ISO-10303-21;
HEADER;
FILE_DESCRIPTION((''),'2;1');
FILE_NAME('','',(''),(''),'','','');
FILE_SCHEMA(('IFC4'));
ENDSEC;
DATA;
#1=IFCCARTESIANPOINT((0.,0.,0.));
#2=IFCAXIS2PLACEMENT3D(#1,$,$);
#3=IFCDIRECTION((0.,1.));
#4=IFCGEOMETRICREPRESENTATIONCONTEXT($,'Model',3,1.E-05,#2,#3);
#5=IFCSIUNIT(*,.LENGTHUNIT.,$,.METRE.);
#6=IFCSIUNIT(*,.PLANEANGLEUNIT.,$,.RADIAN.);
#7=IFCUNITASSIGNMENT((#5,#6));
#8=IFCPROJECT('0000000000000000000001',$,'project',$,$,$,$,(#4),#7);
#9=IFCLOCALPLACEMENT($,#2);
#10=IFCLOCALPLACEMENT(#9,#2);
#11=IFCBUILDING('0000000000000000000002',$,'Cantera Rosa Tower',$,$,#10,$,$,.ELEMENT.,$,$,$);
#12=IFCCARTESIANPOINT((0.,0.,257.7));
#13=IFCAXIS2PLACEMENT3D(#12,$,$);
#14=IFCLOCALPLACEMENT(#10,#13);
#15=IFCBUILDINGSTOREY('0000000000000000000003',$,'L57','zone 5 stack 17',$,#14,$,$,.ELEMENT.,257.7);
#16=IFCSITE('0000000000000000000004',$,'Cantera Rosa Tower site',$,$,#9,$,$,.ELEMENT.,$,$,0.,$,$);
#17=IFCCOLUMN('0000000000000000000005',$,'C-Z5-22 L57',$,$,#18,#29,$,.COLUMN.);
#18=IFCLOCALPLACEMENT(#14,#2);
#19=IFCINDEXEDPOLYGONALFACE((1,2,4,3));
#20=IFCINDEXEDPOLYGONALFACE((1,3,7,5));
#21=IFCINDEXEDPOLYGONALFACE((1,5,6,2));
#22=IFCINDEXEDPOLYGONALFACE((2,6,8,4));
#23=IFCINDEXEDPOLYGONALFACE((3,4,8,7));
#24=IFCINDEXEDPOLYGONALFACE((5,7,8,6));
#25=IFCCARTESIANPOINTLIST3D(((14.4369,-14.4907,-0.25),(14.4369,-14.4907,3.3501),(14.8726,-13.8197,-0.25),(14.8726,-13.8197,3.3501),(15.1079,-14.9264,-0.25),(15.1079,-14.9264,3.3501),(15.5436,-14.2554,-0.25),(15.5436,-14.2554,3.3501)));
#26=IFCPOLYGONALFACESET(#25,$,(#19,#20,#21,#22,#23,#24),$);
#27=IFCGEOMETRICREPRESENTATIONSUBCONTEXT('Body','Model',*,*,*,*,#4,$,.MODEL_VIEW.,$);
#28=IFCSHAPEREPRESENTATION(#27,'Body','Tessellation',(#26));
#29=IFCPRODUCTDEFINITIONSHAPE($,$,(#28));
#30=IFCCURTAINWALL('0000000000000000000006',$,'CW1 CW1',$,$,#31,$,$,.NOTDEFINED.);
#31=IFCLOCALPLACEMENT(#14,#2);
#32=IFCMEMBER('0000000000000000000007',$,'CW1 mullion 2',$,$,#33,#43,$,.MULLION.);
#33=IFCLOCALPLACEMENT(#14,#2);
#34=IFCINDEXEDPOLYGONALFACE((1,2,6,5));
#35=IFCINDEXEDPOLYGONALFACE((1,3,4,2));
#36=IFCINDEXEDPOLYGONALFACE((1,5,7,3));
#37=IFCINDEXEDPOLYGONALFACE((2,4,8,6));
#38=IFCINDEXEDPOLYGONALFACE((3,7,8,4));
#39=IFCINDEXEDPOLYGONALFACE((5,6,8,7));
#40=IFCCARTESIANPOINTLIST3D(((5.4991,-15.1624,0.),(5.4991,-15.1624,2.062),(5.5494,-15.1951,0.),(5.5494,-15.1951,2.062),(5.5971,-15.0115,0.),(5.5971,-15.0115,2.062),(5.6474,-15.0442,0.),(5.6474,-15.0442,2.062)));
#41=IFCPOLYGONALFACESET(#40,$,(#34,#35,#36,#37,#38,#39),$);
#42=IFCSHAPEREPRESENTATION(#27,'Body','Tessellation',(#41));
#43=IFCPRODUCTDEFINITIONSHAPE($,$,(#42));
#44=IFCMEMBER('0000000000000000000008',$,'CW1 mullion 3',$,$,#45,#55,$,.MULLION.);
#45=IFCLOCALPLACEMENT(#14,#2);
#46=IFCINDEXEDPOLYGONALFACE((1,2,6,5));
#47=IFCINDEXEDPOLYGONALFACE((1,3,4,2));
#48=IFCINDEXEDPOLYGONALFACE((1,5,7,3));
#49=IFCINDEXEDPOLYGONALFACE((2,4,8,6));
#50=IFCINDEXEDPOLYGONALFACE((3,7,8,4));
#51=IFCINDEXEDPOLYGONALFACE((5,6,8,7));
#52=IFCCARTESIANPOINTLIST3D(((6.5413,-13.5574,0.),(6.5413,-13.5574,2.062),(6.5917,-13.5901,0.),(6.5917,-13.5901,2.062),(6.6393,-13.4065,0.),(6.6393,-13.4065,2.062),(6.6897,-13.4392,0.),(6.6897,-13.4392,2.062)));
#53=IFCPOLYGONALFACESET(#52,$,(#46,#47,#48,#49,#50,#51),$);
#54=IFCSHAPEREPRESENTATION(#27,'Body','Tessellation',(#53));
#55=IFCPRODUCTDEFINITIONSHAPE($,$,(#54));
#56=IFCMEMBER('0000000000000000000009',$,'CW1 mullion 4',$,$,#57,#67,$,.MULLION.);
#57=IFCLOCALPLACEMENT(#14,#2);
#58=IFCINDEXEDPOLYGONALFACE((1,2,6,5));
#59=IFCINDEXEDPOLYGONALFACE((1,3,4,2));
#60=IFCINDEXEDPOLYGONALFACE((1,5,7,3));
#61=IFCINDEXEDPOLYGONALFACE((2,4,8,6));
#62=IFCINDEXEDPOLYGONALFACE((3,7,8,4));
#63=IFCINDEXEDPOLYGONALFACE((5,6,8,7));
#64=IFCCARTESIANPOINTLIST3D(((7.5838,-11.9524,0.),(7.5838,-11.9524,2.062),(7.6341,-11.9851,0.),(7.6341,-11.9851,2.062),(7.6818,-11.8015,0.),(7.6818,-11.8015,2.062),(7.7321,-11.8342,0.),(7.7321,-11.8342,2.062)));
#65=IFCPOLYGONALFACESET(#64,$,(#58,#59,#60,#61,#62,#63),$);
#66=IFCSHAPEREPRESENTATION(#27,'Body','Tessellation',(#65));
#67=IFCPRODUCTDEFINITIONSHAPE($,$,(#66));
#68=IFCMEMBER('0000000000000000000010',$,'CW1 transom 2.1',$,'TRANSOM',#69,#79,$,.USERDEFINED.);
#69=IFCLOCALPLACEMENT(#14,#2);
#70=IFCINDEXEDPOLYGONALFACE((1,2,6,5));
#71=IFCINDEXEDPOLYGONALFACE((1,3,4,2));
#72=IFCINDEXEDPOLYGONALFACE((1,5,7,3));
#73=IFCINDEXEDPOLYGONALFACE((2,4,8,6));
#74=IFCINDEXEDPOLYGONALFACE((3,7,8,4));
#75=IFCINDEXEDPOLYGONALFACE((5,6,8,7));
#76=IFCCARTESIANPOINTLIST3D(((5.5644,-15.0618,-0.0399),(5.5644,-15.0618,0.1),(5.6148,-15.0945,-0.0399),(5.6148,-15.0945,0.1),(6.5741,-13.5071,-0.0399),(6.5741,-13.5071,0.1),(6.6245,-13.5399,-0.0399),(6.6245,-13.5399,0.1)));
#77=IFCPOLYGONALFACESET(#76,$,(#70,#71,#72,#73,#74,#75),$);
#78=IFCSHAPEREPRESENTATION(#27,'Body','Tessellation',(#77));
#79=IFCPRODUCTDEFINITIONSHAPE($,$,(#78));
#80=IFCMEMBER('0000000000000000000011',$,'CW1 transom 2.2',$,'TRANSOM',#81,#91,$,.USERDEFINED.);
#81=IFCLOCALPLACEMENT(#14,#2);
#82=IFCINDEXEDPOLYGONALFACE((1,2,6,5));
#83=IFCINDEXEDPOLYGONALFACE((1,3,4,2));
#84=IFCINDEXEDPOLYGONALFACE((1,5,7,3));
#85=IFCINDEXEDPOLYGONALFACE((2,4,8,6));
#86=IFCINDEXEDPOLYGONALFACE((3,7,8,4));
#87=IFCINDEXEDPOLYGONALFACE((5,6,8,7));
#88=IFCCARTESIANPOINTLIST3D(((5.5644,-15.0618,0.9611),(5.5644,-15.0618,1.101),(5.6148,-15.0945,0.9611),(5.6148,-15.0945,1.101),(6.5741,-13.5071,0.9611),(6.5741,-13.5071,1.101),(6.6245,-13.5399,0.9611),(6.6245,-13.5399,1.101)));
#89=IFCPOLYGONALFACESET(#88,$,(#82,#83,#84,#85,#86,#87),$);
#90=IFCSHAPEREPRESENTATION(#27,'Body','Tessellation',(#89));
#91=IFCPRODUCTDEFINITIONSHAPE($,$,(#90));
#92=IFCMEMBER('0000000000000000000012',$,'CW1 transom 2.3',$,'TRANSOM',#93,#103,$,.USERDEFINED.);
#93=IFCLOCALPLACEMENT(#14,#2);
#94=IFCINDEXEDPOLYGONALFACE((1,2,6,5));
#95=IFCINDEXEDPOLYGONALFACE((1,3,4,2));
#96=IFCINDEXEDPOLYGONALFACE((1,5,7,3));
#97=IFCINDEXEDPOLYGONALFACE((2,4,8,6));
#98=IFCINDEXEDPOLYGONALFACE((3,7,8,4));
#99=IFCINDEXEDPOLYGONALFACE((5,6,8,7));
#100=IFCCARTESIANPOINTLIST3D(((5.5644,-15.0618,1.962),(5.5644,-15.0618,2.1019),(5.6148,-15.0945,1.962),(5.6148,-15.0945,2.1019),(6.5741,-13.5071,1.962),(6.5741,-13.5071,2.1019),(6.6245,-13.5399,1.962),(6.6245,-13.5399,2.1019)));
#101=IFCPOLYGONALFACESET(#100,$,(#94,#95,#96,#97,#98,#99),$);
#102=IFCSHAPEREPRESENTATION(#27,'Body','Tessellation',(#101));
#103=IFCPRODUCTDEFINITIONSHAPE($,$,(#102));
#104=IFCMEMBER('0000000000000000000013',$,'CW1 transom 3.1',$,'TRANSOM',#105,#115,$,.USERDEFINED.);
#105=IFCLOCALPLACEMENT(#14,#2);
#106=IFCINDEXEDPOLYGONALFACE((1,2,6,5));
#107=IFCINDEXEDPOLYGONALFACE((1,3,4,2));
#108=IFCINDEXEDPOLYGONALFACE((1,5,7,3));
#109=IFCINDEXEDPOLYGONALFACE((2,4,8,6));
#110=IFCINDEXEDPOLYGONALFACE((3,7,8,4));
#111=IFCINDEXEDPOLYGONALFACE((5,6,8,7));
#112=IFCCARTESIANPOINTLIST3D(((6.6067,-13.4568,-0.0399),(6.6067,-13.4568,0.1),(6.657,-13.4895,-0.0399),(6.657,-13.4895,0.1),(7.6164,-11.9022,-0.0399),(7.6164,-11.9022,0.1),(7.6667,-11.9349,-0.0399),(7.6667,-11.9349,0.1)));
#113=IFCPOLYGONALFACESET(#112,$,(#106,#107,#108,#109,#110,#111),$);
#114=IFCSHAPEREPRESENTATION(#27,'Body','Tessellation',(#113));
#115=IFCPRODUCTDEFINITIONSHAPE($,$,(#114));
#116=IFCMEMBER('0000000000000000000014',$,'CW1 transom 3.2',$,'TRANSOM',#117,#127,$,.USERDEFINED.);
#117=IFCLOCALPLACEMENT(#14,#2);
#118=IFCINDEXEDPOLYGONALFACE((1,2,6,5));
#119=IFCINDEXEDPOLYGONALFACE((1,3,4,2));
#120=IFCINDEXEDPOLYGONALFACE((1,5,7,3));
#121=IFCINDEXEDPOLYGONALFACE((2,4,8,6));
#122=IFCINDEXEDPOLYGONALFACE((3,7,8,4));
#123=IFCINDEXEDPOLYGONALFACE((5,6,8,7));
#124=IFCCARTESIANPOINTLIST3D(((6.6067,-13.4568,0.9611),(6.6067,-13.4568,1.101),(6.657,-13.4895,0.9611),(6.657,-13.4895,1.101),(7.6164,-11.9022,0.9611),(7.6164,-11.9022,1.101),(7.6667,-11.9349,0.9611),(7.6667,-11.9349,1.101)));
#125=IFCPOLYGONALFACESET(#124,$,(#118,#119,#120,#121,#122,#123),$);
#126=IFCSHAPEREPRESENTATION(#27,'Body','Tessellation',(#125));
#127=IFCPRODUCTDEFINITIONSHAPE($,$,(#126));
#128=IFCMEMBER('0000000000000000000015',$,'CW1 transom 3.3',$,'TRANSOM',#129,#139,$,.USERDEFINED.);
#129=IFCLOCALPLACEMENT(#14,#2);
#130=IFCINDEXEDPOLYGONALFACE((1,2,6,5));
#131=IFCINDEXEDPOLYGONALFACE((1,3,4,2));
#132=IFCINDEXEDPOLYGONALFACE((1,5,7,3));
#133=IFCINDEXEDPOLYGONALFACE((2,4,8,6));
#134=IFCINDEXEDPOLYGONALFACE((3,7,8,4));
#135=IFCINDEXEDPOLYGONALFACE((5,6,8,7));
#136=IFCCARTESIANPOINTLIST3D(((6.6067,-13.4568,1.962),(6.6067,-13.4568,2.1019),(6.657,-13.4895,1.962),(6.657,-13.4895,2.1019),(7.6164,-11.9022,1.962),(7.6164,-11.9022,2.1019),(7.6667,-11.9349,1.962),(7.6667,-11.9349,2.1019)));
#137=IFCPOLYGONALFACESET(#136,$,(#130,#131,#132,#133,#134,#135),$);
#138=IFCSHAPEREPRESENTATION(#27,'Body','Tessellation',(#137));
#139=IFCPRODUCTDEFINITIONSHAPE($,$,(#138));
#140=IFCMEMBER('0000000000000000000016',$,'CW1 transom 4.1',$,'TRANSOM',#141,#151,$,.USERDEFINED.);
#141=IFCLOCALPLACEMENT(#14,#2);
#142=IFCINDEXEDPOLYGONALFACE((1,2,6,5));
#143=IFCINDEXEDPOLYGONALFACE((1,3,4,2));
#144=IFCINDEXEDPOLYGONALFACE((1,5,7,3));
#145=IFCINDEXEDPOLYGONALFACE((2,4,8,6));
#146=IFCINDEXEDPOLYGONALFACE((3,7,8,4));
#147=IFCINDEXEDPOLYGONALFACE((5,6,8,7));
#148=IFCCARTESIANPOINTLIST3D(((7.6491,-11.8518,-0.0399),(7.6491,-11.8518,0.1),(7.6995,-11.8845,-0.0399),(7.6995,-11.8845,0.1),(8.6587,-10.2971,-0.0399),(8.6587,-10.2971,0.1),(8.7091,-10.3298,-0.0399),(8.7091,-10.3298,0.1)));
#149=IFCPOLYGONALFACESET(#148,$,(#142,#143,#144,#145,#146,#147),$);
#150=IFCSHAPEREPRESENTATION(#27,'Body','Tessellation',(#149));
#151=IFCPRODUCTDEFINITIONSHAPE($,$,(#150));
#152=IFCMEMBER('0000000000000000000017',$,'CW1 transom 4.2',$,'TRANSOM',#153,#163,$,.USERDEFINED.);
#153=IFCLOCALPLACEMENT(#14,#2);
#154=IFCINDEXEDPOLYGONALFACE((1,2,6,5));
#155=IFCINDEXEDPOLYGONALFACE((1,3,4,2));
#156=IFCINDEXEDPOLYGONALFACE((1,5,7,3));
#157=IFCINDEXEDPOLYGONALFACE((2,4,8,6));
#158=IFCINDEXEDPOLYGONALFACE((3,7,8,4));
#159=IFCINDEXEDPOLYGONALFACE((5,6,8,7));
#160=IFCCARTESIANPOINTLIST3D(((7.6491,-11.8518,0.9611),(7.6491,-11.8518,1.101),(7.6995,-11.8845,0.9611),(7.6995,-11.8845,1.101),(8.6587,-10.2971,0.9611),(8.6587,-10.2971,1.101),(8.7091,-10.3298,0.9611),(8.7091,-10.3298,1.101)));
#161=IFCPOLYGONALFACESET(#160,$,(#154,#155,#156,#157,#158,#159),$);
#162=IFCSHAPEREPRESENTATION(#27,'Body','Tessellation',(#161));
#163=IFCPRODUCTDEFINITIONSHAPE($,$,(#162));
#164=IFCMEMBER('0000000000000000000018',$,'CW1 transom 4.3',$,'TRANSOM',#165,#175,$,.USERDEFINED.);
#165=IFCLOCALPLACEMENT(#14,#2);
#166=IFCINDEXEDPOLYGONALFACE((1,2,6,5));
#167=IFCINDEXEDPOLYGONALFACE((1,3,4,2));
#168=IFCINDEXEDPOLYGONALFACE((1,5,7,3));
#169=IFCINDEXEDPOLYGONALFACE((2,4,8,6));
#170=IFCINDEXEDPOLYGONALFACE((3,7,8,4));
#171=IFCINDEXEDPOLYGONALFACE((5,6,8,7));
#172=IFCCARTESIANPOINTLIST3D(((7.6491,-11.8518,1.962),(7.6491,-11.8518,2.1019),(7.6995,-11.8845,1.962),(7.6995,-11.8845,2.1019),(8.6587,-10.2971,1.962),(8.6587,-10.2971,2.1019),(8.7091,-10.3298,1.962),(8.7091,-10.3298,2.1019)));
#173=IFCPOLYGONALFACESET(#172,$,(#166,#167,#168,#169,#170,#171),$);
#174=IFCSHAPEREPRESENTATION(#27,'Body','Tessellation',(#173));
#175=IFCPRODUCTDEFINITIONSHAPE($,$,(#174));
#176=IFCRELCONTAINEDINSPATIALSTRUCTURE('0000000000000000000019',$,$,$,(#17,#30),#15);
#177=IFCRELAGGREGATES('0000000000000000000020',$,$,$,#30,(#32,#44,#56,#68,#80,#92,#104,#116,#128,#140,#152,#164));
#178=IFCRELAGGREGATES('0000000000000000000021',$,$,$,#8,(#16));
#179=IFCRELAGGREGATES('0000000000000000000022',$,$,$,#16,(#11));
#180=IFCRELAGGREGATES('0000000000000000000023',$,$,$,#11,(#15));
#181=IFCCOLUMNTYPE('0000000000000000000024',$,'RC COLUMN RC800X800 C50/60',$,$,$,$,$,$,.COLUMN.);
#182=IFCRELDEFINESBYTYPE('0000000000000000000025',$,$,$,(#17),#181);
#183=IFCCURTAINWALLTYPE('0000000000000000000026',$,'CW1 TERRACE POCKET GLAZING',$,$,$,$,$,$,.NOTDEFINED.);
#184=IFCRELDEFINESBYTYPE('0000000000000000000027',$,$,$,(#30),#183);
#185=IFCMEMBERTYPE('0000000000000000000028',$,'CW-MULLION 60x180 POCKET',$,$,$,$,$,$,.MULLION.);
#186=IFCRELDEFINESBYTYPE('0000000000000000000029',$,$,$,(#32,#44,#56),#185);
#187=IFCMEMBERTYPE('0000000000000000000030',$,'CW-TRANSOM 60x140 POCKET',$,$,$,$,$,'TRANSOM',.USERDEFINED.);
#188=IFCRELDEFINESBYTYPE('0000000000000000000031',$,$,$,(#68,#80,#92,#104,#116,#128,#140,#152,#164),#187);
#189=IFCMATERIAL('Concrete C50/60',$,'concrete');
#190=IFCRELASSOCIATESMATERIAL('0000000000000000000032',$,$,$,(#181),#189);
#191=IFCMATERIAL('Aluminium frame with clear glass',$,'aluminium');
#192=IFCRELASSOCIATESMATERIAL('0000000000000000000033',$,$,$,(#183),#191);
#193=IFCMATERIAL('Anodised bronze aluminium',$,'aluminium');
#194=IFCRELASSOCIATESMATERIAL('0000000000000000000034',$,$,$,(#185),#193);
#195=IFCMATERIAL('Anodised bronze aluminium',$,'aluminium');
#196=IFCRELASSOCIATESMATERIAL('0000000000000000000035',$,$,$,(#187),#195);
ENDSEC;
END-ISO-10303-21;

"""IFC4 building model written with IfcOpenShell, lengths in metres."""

from ifc_helpers import new_model, si_unit, direction, frame, origin, origin_2d, place, context, subcontext, project, spatial, rectangle, extrude, material, material_profile, profile_set, type_object, element, aggregate, save


model = new_model("IFC4")

# Units and contexts
model_context = context("Model", 3, precision=1e-05, world=origin(), true_north=direction((0.0, 1.0)))
body_context = subcontext(model_context, "Body", "Model", "MODEL_VIEW")
ifc_project = project(units=[si_unit("LENGTHUNIT", "METRE"), si_unit("PLANEANGLEUNIT", "RADIAN")], contexts=[model_context])

# Site, building, storey
site_placement = place(None, origin())
site = spatial("IfcSite", under=ifc_project, at=site_placement, Name="Cantera Rosa Tower site", CompositionType="ELEMENT", RefElevation=0.0)
building_placement = place(site_placement, origin())
building = spatial("IfcBuilding", under=site, at=building_placement, Name="Cantera Rosa Tower", CompositionType="ELEMENT")
storey_placement = place(building_placement, frame((0.0, 0.0, 257.7)))
storey = spatial("IfcBuildingStorey", under=building, at=storey_placement, Name="L57", Description="zone 5 stack 17", CompositionType="ELEMENT", Elevation=257.7)

# Column
ifc_material_1 = material(Name="Concrete C50/60", Category="concrete")
ifc_material_profile_1 = material_profile(ifc_material_1, rectangle(XDim=0.8, YDim=0.8, at=origin_2d()), Name="RC COLUMN RC800X800 C50/60")
ifc_profile_set_1 = profile_set([ifc_material_profile_1], Name="Concrete C50/60")
column_type = type_object("IfcColumnType", Name="RC COLUMN RC800X800 C50/60", PredefinedType="COLUMN", material=ifc_profile_set_1)
column_placement = place(storey_placement, frame((14.9902, -14.373, -0.25), z_axis=(0.0, 0.0, 1.0), x_axis=(0.544639, 0.838671, 0.0)))
element("IfcColumn", 1, at=column_placement, inside=storey, type_object=column_type, Name="C-Z5-22 L57", PredefinedType="COLUMN", context=body_context, shape_type="SweptSolid", body=[
    extrude(rectangle(XDim=0.8, YDim=0.8, at=origin_2d()), origin(), (0.0, 0.0, 1.0), 3.6001),
])

# Curtain wall, members
ifc_material_2 = material(Name="Aluminium frame with clear glass", Category="aluminium")
curtain_wall_type = type_object("IfcCurtainWallType", Name="CW1 TERRACE POCKET GLAZING", PredefinedType="NOTDEFINED", material=ifc_material_2)
curtain_wall_placement = place(storey_placement, origin())
curtain_wall = element("IfcCurtainWall", 2, at=curtain_wall_placement, inside=storey, type_object=curtain_wall_type, Name="CW1 CW1", PredefinedType="NOTDEFINED")
ifc_material_3 = material(Name="Anodised bronze aluminium", Category="aluminium")
ifc_material_profile_2 = material_profile(ifc_material_3, rectangle(XDim=0.0601, YDim=0.1799, at=origin_2d()), Name="CW-MULLION 60x180 POCKET")
ifc_profile_set_2 = profile_set([ifc_material_profile_2], Name="Anodised bronze aluminium")
member_type_1 = type_object("IfcMemberType", Name="CW-MULLION 60x180 POCKET", PredefinedType="MULLION", material=ifc_profile_set_2)
member_1_placement = place(storey_placement, frame((5.5732, -15.1033, 0.0), z_axis=(0.0, 0.0, 1.0), x_axis=(-0.838671, 0.544639, 0.0)))
member_1 = element("IfcMember", 3, at=member_1_placement, type_object=member_type_1, Name="CW1 mullion 2", PredefinedType="MULLION", context=body_context, shape_type="SweptSolid", body=[
    extrude(rectangle(XDim=0.0601, YDim=0.1799, at=origin_2d()), origin(), (0.0, 0.0, 1.0), 2.062),
])
member_2_placement = place(storey_placement, frame((6.6155, -13.4983, 0.0), z_axis=(0.0, 0.0, 1.0), x_axis=(-0.838671, 0.544639, 0.0)))
member_2 = element("IfcMember", 4, at=member_2_placement, type_object=member_type_1, Name="CW1 mullion 3", PredefinedType="MULLION", context=body_context, shape_type="SweptSolid", body=[
    extrude(rectangle(XDim=0.0601, YDim=0.1799, at=origin_2d()), origin(), (0.0, 0.0, 1.0), 2.062),
])
member_3_placement = place(storey_placement, frame((7.658, -11.8933, 0.0), z_axis=(0.0, 0.0, 1.0), x_axis=(-0.838671, 0.544639, 0.0)))
member_3 = element("IfcMember", 5, at=member_3_placement, type_object=member_type_1, Name="CW1 mullion 4", PredefinedType="MULLION", context=body_context, shape_type="SweptSolid", body=[
    extrude(rectangle(XDim=0.0601, YDim=0.1799, at=origin_2d()), origin(), (0.0, 0.0, 1.0), 2.062),
])
ifc_material_4 = material(Name="Anodised bronze aluminium", Category="aluminium")
ifc_material_profile_3 = material_profile(ifc_material_4, rectangle(XDim=0.0601, YDim=0.1399, at=origin_2d()), Name="CW-TRANSOM 60x140 POCKET")
ifc_profile_set_3 = profile_set([ifc_material_profile_3], Name="Anodised bronze aluminium")
member_type_2 = type_object("IfcMemberType", Name="CW-TRANSOM 60x140 POCKET", ElementType="TRANSOM", PredefinedType="USERDEFINED", material=ifc_profile_set_3)
member_4_placement = place(storey_placement, frame((5.5896, -15.0781, 0.03), z_axis=(0.544692, 0.838636, 0.0), x_axis=(-0.838636, 0.544692, 0.0)))
member_4 = element("IfcMember", 6, at=member_4_placement, type_object=member_type_2, Name="CW1 transom 2.1", ObjectType="TRANSOM", PredefinedType="USERDEFINED", context=body_context, shape_type="SweptSolid", body=[
    extrude(rectangle(XDim=0.0601, YDim=0.1399, at=origin_2d()), origin(), (0.0, 0.0, 1.0), 1.8538),
])
member_5_placement = place(storey_placement, frame((5.5896, -15.0781, 1.031), z_axis=(0.544692, 0.838636, 0.0), x_axis=(-0.838636, 0.544692, 0.0)))
member_5 = element("IfcMember", 7, at=member_5_placement, type_object=member_type_2, Name="CW1 transom 2.2", ObjectType="TRANSOM", PredefinedType="USERDEFINED", context=body_context, shape_type="SweptSolid", body=[
    extrude(rectangle(XDim=0.0601, YDim=0.1399, at=origin_2d()), origin(), (0.0, 0.0, 1.0), 1.8538),
])
member_6_placement = place(storey_placement, frame((5.5896, -15.0781, 2.032), z_axis=(0.544692, 0.838636, 0.0), x_axis=(-0.838636, 0.544692, 0.0)))
member_6 = element("IfcMember", 8, at=member_6_placement, type_object=member_type_2, Name="CW1 transom 2.3", ObjectType="TRANSOM", PredefinedType="USERDEFINED", context=body_context, shape_type="SweptSolid", body=[
    extrude(rectangle(XDim=0.0601, YDim=0.1399, at=origin_2d()), origin(), (0.0, 0.0, 1.0), 1.8538),
])
member_7_placement = place(storey_placement, frame((6.6318, -13.4731, 0.03), z_axis=(0.544692, 0.838636, 0.0), x_axis=(-0.838636, 0.544692, 0.0)))
member_7 = element("IfcMember", 9, at=member_7_placement, type_object=member_type_2, Name="CW1 transom 3.1", ObjectType="TRANSOM", PredefinedType="USERDEFINED", context=body_context, shape_type="SweptSolid", body=[
    extrude(rectangle(XDim=0.0601, YDim=0.1399, at=origin_2d()), origin(), (0.0, 0.0, 1.0), 1.8538),
])
member_8_placement = place(storey_placement, frame((6.6318, -13.4731, 1.031), z_axis=(0.544692, 0.838636, 0.0), x_axis=(-0.838636, 0.544692, 0.0)))
member_8 = element("IfcMember", 10, at=member_8_placement, type_object=member_type_2, Name="CW1 transom 3.2", ObjectType="TRANSOM", PredefinedType="USERDEFINED", context=body_context, shape_type="SweptSolid", body=[
    extrude(rectangle(XDim=0.0601, YDim=0.1399, at=origin_2d()), origin(), (0.0, 0.0, 1.0), 1.8538),
])
member_9_placement = place(storey_placement, frame((6.6318, -13.4731, 2.032), z_axis=(0.544692, 0.838636, 0.0), x_axis=(-0.838636, 0.544692, 0.0)))
member_9 = element("IfcMember", 11, at=member_9_placement, type_object=member_type_2, Name="CW1 transom 3.3", ObjectType="TRANSOM", PredefinedType="USERDEFINED", context=body_context, shape_type="SweptSolid", body=[
    extrude(rectangle(XDim=0.0601, YDim=0.1399, at=origin_2d()), origin(), (0.0, 0.0, 1.0), 1.8538),
])
member_10_placement = place(storey_placement, frame((7.6743, -11.8682, 0.03), z_axis=(0.544599, 0.838696, 0.0), x_axis=(-0.838696, 0.544599, 0.0)))
member_10 = element("IfcMember", 12, at=member_10_placement, type_object=member_type_2, Name="CW1 transom 4.1", ObjectType="TRANSOM", PredefinedType="USERDEFINED", context=body_context, shape_type="SweptSolid", body=[
    extrude(rectangle(XDim=0.0601, YDim=0.1399, at=origin_2d()), origin(), (0.0, 0.0, 1.0), 1.8538),
])
member_11_placement = place(storey_placement, frame((7.6743, -11.8682, 1.031), z_axis=(0.544599, 0.838696, 0.0), x_axis=(-0.838696, 0.544599, 0.0)))
member_11 = element("IfcMember", 13, at=member_11_placement, type_object=member_type_2, Name="CW1 transom 4.2", ObjectType="TRANSOM", PredefinedType="USERDEFINED", context=body_context, shape_type="SweptSolid", body=[
    extrude(rectangle(XDim=0.0601, YDim=0.1399, at=origin_2d()), origin(), (0.0, 0.0, 1.0), 1.8538),
])
member_12_placement = place(storey_placement, frame((7.6743, -11.8682, 2.032), z_axis=(0.544599, 0.838696, 0.0), x_axis=(-0.838696, 0.544599, 0.0)))
member_12 = element("IfcMember", 14, at=member_12_placement, type_object=member_type_2, Name="CW1 transom 4.3", ObjectType="TRANSOM", PredefinedType="USERDEFINED", context=body_context, shape_type="SweptSolid", body=[
    extrude(rectangle(XDim=0.0601, YDim=0.1399, at=origin_2d()), origin(), (0.0, 0.0, 1.0), 1.8538),
])

aggregate(curtain_wall, [member_1, member_2, member_3, member_4, member_5, member_6, member_7, member_8, member_9, member_10, member_11, member_12])

save(model, "model.ifc")
